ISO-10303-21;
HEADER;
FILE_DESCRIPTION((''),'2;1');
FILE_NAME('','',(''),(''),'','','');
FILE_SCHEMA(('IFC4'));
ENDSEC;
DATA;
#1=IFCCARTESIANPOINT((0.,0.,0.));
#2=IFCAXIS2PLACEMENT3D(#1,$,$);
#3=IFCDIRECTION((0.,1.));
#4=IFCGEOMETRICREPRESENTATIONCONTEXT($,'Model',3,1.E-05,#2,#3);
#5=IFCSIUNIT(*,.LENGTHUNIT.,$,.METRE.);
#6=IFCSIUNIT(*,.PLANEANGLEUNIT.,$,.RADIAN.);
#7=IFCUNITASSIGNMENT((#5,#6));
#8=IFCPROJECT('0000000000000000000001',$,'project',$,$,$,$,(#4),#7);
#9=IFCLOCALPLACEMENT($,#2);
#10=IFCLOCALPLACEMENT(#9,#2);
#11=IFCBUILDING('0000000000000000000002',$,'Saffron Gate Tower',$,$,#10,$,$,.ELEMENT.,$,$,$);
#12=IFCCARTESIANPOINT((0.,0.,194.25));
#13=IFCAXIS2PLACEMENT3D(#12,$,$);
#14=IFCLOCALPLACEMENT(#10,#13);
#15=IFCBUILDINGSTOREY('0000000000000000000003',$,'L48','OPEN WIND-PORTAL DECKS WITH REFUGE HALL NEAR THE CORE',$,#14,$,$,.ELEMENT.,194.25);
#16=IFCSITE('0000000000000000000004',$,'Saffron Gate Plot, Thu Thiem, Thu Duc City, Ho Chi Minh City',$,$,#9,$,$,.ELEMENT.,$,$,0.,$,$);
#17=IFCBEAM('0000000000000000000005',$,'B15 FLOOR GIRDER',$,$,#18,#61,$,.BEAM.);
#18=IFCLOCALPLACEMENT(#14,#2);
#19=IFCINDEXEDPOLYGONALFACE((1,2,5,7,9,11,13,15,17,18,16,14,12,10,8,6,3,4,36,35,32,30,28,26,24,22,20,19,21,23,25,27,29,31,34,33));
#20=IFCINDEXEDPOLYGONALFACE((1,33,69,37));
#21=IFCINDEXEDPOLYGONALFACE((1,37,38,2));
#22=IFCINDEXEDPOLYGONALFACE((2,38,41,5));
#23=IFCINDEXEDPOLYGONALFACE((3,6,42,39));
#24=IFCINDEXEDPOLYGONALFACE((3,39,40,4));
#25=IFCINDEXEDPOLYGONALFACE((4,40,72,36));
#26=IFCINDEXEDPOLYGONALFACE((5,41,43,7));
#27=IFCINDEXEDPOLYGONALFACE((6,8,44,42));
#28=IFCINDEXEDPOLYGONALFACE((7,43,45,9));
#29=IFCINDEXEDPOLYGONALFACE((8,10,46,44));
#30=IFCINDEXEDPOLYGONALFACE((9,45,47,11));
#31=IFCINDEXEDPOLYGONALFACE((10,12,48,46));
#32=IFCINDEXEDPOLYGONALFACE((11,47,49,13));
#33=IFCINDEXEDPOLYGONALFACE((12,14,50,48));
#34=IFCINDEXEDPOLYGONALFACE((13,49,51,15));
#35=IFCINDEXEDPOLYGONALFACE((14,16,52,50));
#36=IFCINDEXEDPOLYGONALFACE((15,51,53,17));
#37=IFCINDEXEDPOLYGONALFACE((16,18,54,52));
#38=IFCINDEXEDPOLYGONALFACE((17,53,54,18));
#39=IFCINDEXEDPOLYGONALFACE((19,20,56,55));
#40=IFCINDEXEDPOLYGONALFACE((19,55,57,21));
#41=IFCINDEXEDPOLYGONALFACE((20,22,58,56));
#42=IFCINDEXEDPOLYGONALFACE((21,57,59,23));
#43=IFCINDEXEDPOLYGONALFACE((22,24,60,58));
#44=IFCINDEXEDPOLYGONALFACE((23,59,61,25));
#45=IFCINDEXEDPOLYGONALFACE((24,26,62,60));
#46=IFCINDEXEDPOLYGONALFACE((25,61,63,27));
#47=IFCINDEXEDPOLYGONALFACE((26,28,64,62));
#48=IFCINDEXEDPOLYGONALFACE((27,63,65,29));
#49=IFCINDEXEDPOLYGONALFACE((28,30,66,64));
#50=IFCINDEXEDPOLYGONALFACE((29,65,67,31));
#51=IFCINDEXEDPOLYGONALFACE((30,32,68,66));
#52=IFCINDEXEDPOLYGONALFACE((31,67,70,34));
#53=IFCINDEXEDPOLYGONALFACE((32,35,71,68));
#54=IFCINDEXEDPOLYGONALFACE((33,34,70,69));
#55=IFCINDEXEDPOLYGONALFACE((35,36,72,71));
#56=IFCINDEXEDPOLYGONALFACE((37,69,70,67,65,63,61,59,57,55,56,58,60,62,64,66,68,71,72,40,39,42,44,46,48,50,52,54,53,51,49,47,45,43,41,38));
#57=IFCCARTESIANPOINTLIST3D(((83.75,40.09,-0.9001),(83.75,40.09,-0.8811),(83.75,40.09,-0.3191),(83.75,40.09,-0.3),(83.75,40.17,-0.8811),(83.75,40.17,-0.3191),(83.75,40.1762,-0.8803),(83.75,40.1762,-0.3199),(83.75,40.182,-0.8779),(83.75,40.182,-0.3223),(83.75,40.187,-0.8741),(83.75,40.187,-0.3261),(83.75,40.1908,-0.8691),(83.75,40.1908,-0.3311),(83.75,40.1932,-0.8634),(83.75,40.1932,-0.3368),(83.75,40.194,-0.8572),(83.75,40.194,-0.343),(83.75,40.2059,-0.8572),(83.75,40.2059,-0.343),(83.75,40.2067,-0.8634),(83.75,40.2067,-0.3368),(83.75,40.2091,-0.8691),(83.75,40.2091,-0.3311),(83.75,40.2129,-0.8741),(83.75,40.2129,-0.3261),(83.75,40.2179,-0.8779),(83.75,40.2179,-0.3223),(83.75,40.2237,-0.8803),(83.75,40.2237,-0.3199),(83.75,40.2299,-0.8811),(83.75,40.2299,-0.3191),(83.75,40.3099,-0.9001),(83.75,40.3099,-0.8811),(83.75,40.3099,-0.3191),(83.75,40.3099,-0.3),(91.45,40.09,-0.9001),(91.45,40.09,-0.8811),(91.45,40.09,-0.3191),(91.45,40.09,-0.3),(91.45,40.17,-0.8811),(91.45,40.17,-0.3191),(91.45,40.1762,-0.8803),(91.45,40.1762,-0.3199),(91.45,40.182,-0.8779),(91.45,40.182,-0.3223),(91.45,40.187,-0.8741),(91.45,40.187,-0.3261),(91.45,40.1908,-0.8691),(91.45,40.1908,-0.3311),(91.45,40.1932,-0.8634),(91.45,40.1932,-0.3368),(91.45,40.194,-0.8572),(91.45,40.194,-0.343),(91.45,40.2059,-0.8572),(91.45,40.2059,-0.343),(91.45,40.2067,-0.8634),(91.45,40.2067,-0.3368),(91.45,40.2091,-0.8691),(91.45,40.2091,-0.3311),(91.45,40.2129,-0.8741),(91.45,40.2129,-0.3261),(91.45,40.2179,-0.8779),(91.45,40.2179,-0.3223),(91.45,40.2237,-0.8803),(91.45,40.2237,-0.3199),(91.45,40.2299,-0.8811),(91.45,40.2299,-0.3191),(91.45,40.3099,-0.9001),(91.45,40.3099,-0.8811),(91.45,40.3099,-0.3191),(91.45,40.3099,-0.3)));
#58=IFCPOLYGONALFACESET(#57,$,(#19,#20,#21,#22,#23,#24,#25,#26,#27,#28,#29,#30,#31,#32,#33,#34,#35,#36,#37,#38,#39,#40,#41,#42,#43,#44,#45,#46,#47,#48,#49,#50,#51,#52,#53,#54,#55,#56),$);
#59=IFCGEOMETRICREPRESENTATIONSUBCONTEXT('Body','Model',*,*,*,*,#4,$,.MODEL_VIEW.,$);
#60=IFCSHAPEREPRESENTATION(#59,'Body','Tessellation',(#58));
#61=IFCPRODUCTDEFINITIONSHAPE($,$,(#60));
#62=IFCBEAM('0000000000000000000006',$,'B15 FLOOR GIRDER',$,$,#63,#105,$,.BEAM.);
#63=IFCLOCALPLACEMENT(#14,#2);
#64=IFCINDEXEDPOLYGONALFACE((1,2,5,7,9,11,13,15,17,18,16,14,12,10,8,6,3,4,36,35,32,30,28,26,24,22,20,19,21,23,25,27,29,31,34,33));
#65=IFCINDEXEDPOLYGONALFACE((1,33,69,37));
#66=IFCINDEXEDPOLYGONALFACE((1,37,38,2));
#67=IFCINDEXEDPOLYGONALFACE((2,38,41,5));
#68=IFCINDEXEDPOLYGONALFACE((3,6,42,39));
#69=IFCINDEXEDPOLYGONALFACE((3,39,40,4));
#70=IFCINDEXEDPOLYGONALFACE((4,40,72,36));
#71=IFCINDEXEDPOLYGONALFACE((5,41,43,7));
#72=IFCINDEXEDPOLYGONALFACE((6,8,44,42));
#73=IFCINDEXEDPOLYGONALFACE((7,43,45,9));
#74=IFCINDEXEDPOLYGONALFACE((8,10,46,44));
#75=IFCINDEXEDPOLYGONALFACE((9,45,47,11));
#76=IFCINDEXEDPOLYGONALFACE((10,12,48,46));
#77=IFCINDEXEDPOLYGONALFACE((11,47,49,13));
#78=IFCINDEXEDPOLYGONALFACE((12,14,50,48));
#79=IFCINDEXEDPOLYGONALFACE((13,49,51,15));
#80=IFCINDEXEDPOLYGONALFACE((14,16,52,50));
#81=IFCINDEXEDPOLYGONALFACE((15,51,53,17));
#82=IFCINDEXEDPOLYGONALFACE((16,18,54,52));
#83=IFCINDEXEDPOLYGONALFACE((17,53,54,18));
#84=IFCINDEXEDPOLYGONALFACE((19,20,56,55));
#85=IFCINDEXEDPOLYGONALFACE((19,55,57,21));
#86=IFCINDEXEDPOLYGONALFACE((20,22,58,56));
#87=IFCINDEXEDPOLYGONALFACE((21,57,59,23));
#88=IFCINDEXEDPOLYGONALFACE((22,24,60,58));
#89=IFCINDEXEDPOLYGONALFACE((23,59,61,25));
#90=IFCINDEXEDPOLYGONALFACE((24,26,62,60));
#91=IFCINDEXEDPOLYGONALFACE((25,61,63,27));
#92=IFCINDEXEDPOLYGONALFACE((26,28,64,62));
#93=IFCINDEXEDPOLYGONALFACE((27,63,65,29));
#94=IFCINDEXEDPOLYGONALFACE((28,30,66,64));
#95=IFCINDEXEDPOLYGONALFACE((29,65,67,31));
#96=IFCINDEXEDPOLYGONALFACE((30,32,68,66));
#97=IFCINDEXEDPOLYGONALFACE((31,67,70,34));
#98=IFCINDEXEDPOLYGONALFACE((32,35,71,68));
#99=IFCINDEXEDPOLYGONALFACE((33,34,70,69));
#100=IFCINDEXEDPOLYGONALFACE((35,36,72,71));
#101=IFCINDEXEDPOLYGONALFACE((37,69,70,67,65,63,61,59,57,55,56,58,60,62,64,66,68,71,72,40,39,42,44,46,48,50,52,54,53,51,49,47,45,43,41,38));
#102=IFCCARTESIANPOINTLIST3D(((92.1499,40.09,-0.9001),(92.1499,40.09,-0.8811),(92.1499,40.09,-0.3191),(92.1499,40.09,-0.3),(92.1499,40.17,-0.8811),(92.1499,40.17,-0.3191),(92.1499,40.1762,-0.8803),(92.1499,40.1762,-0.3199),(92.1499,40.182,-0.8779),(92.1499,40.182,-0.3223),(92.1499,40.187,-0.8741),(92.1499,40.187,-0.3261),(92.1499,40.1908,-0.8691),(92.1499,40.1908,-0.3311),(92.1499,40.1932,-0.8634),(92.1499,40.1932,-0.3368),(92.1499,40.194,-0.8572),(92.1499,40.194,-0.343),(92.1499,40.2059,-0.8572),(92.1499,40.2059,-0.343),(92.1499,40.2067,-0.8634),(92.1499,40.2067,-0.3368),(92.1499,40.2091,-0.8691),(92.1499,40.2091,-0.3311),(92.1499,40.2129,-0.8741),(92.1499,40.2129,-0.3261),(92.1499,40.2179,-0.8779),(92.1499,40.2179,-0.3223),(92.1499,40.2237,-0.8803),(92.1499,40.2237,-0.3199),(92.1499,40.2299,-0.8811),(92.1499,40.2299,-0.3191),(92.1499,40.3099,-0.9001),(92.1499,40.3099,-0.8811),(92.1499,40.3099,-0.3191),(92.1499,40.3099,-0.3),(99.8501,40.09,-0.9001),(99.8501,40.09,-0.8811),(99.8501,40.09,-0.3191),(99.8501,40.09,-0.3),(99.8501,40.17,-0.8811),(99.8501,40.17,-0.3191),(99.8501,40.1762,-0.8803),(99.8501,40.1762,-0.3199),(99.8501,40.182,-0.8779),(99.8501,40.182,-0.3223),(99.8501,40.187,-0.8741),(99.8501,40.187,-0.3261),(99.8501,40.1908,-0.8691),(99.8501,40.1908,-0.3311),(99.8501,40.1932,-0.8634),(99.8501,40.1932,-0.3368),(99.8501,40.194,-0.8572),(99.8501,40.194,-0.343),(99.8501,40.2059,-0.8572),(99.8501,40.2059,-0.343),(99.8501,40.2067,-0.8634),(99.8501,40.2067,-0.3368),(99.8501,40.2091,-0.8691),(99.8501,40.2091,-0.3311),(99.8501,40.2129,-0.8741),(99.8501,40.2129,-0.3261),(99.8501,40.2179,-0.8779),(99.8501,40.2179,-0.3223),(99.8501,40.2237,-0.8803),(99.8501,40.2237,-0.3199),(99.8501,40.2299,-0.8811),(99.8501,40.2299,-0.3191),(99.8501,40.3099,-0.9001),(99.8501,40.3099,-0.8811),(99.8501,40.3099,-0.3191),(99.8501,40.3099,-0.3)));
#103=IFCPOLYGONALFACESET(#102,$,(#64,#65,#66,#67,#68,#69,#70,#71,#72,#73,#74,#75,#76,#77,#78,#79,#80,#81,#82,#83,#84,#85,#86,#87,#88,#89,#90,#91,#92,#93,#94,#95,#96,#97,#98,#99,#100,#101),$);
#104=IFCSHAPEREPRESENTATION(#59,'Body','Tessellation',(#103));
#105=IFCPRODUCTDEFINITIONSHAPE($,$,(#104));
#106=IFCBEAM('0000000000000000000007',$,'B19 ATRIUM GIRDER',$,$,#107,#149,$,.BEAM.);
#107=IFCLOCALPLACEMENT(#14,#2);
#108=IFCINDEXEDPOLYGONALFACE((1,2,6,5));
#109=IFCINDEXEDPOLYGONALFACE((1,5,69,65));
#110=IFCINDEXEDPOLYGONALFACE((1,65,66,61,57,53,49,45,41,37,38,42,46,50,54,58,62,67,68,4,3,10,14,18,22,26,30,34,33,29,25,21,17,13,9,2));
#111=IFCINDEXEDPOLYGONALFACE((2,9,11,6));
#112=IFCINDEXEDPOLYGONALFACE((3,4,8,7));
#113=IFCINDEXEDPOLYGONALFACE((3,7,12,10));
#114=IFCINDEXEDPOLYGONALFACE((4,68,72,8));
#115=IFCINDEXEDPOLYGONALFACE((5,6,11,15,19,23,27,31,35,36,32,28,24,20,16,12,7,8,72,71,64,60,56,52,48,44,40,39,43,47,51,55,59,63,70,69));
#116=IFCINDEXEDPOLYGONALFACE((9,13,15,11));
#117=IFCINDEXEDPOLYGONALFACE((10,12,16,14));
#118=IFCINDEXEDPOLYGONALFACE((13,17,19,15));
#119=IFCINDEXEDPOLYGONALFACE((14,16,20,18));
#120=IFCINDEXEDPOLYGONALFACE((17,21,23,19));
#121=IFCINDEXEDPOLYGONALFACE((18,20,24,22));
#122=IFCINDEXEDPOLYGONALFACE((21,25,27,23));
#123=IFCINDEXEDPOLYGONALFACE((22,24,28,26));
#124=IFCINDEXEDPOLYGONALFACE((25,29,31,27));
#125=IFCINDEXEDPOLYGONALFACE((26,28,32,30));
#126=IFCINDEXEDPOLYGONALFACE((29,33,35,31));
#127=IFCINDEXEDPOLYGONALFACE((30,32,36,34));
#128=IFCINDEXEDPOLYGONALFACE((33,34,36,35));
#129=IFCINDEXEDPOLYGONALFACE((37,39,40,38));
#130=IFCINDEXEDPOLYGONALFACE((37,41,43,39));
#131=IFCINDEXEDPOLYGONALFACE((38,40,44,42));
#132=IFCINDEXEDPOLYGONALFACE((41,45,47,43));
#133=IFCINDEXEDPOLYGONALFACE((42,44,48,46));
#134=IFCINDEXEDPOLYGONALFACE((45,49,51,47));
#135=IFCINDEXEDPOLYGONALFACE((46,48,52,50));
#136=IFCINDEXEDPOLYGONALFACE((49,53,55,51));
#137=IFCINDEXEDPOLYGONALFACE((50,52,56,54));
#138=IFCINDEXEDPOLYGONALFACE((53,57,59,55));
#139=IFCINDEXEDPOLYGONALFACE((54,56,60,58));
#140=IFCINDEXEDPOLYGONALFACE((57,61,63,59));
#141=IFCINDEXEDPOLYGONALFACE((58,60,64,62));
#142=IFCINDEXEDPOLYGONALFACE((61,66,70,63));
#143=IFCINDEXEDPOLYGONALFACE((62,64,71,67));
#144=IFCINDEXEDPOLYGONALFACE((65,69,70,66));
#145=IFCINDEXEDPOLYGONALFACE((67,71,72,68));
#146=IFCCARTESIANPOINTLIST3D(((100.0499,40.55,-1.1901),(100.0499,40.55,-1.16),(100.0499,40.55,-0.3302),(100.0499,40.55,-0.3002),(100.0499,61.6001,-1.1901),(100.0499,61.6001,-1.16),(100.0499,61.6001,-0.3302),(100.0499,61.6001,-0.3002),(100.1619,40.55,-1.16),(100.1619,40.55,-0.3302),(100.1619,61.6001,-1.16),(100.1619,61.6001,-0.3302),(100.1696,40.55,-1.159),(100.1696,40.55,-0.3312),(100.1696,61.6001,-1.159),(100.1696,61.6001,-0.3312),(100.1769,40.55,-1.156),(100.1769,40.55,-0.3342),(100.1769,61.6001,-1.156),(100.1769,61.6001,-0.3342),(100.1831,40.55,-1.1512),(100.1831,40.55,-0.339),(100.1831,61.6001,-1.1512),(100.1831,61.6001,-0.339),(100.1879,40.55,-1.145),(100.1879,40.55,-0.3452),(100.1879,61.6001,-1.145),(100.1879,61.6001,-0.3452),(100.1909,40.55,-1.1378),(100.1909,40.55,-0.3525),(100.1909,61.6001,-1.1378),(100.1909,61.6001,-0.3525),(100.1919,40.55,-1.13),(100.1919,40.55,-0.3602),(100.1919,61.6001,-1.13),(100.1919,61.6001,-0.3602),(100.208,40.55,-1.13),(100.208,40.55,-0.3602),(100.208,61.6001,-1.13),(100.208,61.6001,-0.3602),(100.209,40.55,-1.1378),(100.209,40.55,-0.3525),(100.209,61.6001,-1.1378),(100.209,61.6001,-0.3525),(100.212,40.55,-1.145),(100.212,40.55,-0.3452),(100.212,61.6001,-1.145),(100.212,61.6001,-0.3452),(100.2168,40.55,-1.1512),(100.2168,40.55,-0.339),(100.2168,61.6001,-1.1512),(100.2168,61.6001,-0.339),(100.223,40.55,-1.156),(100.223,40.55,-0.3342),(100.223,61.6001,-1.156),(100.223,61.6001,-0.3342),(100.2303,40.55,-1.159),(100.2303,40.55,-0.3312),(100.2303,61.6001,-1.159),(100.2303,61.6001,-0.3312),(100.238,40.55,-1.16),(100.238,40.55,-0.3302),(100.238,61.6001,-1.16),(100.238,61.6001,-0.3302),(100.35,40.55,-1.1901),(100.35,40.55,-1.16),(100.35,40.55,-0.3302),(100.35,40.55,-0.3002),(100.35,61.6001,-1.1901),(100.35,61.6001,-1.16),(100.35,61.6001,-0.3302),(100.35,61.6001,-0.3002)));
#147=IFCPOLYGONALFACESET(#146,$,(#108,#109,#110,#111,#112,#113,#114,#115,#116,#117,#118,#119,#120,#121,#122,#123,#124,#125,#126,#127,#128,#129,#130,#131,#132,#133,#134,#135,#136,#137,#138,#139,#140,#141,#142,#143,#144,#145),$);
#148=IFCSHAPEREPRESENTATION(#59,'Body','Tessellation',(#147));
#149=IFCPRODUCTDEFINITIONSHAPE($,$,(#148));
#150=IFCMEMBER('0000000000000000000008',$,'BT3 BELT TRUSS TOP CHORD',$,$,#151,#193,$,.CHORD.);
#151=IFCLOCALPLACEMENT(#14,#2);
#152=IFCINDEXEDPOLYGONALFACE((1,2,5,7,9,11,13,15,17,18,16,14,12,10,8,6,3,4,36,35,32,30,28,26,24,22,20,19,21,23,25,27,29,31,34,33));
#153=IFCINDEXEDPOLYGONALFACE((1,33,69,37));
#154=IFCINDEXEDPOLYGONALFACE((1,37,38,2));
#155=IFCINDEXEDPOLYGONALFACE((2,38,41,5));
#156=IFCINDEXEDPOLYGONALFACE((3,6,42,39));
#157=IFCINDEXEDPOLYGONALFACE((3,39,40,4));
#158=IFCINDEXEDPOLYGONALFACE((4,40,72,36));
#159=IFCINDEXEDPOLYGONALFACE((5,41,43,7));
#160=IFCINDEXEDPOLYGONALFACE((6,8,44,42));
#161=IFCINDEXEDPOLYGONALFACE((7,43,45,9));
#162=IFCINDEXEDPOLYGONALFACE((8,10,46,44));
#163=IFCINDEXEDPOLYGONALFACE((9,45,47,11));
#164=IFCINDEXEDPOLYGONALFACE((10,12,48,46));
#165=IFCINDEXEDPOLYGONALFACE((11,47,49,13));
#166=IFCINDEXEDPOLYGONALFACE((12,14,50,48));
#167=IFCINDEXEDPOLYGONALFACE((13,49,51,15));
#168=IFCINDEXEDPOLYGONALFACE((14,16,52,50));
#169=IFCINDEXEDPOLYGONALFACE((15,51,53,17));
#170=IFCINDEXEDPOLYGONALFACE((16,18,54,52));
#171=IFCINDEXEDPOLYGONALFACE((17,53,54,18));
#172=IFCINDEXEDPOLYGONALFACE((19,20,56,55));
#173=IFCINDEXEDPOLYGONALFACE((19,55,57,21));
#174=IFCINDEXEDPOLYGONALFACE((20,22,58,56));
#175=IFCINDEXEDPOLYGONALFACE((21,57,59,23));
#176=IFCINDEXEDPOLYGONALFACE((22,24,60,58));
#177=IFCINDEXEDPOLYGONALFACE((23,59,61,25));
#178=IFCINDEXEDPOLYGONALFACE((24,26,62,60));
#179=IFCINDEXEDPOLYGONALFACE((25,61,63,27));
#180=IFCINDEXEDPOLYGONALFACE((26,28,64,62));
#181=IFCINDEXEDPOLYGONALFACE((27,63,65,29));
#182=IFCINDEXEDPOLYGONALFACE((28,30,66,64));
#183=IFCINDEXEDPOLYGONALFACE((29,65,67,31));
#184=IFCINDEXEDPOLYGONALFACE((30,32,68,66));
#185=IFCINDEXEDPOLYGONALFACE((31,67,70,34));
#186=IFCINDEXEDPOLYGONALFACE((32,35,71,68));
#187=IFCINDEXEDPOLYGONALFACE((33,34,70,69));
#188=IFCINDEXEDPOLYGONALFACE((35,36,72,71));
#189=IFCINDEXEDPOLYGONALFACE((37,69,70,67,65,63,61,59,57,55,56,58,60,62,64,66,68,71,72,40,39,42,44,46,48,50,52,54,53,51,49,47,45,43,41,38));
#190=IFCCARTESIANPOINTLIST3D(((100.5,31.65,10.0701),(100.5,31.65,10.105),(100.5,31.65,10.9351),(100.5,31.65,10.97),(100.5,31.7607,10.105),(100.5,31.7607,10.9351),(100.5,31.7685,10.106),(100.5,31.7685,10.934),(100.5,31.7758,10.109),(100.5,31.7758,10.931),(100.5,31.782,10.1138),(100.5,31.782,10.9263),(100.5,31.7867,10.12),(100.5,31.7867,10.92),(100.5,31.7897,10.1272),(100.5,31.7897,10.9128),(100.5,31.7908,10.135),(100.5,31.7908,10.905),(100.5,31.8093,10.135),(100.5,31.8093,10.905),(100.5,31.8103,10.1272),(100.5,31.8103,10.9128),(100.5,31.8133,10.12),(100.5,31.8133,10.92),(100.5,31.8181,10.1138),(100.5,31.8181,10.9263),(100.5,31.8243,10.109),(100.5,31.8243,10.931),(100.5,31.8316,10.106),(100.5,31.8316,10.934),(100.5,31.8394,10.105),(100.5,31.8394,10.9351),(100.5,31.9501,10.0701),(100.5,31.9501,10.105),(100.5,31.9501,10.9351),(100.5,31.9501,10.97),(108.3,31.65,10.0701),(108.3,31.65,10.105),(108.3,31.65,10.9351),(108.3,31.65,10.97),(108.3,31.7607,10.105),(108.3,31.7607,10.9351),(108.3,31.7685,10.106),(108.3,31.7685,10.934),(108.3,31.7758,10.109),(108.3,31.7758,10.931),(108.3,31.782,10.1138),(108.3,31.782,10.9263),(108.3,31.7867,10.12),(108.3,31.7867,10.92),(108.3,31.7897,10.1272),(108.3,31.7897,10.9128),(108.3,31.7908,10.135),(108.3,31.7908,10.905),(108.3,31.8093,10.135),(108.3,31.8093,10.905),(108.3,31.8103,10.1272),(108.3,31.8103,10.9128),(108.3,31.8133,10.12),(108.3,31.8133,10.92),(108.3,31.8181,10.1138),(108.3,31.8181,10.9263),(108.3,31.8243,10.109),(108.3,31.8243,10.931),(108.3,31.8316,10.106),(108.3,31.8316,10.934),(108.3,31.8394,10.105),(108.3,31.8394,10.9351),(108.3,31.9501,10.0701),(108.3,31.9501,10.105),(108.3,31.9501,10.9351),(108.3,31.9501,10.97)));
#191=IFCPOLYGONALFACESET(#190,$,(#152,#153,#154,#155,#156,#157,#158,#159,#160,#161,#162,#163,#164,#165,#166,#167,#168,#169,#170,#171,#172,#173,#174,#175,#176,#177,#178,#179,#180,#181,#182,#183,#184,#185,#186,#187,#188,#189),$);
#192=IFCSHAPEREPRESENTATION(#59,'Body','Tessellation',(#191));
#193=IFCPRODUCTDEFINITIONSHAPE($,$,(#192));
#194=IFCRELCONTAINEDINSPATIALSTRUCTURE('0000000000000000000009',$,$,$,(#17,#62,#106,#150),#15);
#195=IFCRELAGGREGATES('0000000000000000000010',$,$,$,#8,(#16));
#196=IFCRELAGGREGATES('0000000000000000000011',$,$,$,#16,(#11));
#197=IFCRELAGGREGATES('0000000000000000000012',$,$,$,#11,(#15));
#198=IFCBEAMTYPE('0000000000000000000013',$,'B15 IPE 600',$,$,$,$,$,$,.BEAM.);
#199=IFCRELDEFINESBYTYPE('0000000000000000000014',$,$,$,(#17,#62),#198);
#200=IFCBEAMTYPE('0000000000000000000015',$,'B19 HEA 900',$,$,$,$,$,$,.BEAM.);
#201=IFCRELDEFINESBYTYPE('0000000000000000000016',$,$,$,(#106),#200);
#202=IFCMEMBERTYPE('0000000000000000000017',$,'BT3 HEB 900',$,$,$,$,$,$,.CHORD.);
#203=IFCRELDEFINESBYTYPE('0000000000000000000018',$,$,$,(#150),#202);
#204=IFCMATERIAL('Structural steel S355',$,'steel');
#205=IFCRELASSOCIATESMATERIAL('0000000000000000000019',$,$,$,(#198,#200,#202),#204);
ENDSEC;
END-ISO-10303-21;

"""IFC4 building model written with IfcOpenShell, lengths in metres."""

from ifc_helpers import new_model, si_unit, direction, frame, origin, origin_2d, place, context, subcontext, project, spatial, i_section, extrude, material, material_profile, profile_set, type_object, element, save


model = new_model("IFC4")

# Units and contexts
model_context = context("Model", 3, precision=1e-05, world=origin(), true_north=direction((0.0, 1.0)))
body_context = subcontext(model_context, "Body", "Model", "MODEL_VIEW")
ifc_project = project(units=[si_unit("LENGTHUNIT", "METRE"), si_unit("PLANEANGLEUNIT", "RADIAN")], contexts=[model_context])

# Site, building, storey
site_placement = place(None, origin())
site = spatial("IfcSite", under=ifc_project, at=site_placement, Name="Saffron Gate Plot, Thu Thiem, Thu Duc City, Ho Chi Minh City", CompositionType="ELEMENT", RefElevation=0.0)
building_placement = place(site_placement, origin())
building = spatial("IfcBuilding", under=site, at=building_placement, Name="Saffron Gate Tower", CompositionType="ELEMENT")
storey_placement = place(building_placement, frame((0.0, 0.0, 194.25)))
storey = spatial("IfcBuildingStorey", under=building, at=storey_placement, Name="L48", Description="OPEN WIND-PORTAL DECKS WITH REFUGE HALL NEAR THE CORE", CompositionType="ELEMENT", Elevation=194.25)

# Beams
ifc_material_1 = material(Name="Structural steel S355", Category="steel")
ifc_material_profile_1 = material_profile(ifc_material_1, i_section(OverallWidth=0.22, OverallDepth=0.6001, WebThickness=0.012, FlangeThickness=0.019, FilletRadius=0.0239, at=origin_2d()))
ifc_profile_set_1 = profile_set([ifc_material_profile_1], Name="Structural steel S355")
beam_type_1 = type_object("IfcBeamType", Name="B15 IPE 600", PredefinedType="BEAM", material=ifc_profile_set_1)
beam_1_placement = place(storey_placement, frame((83.75, 40.2, -0.6001), z_axis=(1.0, 0.0, 0.0), x_axis=(0.0, 1.0, 0.0)))
element("IfcBeam", 1, at=beam_1_placement, inside=storey, type_object=beam_type_1, Name="B15 FLOOR GIRDER", PredefinedType="BEAM", context=body_context, shape_type="SweptSolid", body=[
    extrude(i_section(OverallWidth=0.22, OverallDepth=0.6001, WebThickness=0.012, FlangeThickness=0.019, FilletRadius=0.0239, at=origin_2d()), origin(), (0.0, 0.0, 1.0), 7.7),
])
beam_2_placement = place(storey_placement, frame((92.1499, 40.2, -0.6001), z_axis=(1.0, 0.0, 0.0), x_axis=(0.0, 1.0, 0.0)))
element("IfcBeam", 2, at=beam_2_placement, inside=storey, type_object=beam_type_1, Name="B15 FLOOR GIRDER", PredefinedType="BEAM", context=body_context, shape_type="SweptSolid", body=[
    extrude(i_section(OverallWidth=0.22, OverallDepth=0.6001, WebThickness=0.012, FlangeThickness=0.019, FilletRadius=0.0239, at=origin_2d()), origin(), (0.0, 0.0, 1.0), 7.7002),
])
ifc_material_profile_2 = material_profile(ifc_material_1, i_section(OverallWidth=0.3, OverallDepth=0.8899, WebThickness=0.0161, FlangeThickness=0.03, FilletRadius=0.03, at=origin_2d()))
ifc_profile_set_2 = profile_set([ifc_material_profile_2], Name="Structural steel S355")
beam_type_2 = type_object("IfcBeamType", Name="B19 HEA 900", PredefinedType="BEAM", material=ifc_profile_set_2)
beam_3_placement = place(storey_placement, frame((100.2, 40.55, -0.7451), z_axis=(0.0, 1.0, 0.0), x_axis=(-1.0, 0.0, 0.0)))
element("IfcBeam", 3, at=beam_3_placement, inside=storey, type_object=beam_type_2, Name="B19 ATRIUM GIRDER", PredefinedType="BEAM", context=body_context, shape_type="SweptSolid", body=[
    extrude(i_section(OverallWidth=0.3, OverallDepth=0.8899, WebThickness=0.0161, FlangeThickness=0.03, FilletRadius=0.03, at=origin_2d()), origin(), (0.0, 0.0, 1.0), 21.05),
])

# Member
ifc_material_profile_3 = material_profile(ifc_material_1, i_section(OverallWidth=0.3, OverallDepth=0.8999, WebThickness=0.0186, FlangeThickness=0.0349, FilletRadius=0.03, at=origin_2d()))
ifc_profile_set_3 = profile_set([ifc_material_profile_3], Name="Structural steel S355")
member_type_1 = type_object("IfcMemberType", Name="BT3 HEB 900", PredefinedType="CHORD", material=ifc_profile_set_3)
for number, where, z_axis, x_axis, name in (
    (4, (100.5, 31.8, 10.52), (1.0, 0.0, 0.0), (0.0, 1.0, 0.0), "BT3 BELT TRUSS TOP CHORD"),
):
    element("IfcMember", number, at=place(storey_placement, frame(where, z_axis=z_axis, x_axis=x_axis)), inside=storey, type_object=member_type_1, Name=name, PredefinedType="CHORD", context=body_context, shape_type="SweptSolid", body=[
        extrude(i_section(OverallWidth=0.3, OverallDepth=0.8999, WebThickness=0.0186, FlangeThickness=0.0349, FilletRadius=0.03, at=origin_2d()), origin(), (0.0, 0.0, 1.0), 7.8),
    ])

save(model, "model.ifc")
